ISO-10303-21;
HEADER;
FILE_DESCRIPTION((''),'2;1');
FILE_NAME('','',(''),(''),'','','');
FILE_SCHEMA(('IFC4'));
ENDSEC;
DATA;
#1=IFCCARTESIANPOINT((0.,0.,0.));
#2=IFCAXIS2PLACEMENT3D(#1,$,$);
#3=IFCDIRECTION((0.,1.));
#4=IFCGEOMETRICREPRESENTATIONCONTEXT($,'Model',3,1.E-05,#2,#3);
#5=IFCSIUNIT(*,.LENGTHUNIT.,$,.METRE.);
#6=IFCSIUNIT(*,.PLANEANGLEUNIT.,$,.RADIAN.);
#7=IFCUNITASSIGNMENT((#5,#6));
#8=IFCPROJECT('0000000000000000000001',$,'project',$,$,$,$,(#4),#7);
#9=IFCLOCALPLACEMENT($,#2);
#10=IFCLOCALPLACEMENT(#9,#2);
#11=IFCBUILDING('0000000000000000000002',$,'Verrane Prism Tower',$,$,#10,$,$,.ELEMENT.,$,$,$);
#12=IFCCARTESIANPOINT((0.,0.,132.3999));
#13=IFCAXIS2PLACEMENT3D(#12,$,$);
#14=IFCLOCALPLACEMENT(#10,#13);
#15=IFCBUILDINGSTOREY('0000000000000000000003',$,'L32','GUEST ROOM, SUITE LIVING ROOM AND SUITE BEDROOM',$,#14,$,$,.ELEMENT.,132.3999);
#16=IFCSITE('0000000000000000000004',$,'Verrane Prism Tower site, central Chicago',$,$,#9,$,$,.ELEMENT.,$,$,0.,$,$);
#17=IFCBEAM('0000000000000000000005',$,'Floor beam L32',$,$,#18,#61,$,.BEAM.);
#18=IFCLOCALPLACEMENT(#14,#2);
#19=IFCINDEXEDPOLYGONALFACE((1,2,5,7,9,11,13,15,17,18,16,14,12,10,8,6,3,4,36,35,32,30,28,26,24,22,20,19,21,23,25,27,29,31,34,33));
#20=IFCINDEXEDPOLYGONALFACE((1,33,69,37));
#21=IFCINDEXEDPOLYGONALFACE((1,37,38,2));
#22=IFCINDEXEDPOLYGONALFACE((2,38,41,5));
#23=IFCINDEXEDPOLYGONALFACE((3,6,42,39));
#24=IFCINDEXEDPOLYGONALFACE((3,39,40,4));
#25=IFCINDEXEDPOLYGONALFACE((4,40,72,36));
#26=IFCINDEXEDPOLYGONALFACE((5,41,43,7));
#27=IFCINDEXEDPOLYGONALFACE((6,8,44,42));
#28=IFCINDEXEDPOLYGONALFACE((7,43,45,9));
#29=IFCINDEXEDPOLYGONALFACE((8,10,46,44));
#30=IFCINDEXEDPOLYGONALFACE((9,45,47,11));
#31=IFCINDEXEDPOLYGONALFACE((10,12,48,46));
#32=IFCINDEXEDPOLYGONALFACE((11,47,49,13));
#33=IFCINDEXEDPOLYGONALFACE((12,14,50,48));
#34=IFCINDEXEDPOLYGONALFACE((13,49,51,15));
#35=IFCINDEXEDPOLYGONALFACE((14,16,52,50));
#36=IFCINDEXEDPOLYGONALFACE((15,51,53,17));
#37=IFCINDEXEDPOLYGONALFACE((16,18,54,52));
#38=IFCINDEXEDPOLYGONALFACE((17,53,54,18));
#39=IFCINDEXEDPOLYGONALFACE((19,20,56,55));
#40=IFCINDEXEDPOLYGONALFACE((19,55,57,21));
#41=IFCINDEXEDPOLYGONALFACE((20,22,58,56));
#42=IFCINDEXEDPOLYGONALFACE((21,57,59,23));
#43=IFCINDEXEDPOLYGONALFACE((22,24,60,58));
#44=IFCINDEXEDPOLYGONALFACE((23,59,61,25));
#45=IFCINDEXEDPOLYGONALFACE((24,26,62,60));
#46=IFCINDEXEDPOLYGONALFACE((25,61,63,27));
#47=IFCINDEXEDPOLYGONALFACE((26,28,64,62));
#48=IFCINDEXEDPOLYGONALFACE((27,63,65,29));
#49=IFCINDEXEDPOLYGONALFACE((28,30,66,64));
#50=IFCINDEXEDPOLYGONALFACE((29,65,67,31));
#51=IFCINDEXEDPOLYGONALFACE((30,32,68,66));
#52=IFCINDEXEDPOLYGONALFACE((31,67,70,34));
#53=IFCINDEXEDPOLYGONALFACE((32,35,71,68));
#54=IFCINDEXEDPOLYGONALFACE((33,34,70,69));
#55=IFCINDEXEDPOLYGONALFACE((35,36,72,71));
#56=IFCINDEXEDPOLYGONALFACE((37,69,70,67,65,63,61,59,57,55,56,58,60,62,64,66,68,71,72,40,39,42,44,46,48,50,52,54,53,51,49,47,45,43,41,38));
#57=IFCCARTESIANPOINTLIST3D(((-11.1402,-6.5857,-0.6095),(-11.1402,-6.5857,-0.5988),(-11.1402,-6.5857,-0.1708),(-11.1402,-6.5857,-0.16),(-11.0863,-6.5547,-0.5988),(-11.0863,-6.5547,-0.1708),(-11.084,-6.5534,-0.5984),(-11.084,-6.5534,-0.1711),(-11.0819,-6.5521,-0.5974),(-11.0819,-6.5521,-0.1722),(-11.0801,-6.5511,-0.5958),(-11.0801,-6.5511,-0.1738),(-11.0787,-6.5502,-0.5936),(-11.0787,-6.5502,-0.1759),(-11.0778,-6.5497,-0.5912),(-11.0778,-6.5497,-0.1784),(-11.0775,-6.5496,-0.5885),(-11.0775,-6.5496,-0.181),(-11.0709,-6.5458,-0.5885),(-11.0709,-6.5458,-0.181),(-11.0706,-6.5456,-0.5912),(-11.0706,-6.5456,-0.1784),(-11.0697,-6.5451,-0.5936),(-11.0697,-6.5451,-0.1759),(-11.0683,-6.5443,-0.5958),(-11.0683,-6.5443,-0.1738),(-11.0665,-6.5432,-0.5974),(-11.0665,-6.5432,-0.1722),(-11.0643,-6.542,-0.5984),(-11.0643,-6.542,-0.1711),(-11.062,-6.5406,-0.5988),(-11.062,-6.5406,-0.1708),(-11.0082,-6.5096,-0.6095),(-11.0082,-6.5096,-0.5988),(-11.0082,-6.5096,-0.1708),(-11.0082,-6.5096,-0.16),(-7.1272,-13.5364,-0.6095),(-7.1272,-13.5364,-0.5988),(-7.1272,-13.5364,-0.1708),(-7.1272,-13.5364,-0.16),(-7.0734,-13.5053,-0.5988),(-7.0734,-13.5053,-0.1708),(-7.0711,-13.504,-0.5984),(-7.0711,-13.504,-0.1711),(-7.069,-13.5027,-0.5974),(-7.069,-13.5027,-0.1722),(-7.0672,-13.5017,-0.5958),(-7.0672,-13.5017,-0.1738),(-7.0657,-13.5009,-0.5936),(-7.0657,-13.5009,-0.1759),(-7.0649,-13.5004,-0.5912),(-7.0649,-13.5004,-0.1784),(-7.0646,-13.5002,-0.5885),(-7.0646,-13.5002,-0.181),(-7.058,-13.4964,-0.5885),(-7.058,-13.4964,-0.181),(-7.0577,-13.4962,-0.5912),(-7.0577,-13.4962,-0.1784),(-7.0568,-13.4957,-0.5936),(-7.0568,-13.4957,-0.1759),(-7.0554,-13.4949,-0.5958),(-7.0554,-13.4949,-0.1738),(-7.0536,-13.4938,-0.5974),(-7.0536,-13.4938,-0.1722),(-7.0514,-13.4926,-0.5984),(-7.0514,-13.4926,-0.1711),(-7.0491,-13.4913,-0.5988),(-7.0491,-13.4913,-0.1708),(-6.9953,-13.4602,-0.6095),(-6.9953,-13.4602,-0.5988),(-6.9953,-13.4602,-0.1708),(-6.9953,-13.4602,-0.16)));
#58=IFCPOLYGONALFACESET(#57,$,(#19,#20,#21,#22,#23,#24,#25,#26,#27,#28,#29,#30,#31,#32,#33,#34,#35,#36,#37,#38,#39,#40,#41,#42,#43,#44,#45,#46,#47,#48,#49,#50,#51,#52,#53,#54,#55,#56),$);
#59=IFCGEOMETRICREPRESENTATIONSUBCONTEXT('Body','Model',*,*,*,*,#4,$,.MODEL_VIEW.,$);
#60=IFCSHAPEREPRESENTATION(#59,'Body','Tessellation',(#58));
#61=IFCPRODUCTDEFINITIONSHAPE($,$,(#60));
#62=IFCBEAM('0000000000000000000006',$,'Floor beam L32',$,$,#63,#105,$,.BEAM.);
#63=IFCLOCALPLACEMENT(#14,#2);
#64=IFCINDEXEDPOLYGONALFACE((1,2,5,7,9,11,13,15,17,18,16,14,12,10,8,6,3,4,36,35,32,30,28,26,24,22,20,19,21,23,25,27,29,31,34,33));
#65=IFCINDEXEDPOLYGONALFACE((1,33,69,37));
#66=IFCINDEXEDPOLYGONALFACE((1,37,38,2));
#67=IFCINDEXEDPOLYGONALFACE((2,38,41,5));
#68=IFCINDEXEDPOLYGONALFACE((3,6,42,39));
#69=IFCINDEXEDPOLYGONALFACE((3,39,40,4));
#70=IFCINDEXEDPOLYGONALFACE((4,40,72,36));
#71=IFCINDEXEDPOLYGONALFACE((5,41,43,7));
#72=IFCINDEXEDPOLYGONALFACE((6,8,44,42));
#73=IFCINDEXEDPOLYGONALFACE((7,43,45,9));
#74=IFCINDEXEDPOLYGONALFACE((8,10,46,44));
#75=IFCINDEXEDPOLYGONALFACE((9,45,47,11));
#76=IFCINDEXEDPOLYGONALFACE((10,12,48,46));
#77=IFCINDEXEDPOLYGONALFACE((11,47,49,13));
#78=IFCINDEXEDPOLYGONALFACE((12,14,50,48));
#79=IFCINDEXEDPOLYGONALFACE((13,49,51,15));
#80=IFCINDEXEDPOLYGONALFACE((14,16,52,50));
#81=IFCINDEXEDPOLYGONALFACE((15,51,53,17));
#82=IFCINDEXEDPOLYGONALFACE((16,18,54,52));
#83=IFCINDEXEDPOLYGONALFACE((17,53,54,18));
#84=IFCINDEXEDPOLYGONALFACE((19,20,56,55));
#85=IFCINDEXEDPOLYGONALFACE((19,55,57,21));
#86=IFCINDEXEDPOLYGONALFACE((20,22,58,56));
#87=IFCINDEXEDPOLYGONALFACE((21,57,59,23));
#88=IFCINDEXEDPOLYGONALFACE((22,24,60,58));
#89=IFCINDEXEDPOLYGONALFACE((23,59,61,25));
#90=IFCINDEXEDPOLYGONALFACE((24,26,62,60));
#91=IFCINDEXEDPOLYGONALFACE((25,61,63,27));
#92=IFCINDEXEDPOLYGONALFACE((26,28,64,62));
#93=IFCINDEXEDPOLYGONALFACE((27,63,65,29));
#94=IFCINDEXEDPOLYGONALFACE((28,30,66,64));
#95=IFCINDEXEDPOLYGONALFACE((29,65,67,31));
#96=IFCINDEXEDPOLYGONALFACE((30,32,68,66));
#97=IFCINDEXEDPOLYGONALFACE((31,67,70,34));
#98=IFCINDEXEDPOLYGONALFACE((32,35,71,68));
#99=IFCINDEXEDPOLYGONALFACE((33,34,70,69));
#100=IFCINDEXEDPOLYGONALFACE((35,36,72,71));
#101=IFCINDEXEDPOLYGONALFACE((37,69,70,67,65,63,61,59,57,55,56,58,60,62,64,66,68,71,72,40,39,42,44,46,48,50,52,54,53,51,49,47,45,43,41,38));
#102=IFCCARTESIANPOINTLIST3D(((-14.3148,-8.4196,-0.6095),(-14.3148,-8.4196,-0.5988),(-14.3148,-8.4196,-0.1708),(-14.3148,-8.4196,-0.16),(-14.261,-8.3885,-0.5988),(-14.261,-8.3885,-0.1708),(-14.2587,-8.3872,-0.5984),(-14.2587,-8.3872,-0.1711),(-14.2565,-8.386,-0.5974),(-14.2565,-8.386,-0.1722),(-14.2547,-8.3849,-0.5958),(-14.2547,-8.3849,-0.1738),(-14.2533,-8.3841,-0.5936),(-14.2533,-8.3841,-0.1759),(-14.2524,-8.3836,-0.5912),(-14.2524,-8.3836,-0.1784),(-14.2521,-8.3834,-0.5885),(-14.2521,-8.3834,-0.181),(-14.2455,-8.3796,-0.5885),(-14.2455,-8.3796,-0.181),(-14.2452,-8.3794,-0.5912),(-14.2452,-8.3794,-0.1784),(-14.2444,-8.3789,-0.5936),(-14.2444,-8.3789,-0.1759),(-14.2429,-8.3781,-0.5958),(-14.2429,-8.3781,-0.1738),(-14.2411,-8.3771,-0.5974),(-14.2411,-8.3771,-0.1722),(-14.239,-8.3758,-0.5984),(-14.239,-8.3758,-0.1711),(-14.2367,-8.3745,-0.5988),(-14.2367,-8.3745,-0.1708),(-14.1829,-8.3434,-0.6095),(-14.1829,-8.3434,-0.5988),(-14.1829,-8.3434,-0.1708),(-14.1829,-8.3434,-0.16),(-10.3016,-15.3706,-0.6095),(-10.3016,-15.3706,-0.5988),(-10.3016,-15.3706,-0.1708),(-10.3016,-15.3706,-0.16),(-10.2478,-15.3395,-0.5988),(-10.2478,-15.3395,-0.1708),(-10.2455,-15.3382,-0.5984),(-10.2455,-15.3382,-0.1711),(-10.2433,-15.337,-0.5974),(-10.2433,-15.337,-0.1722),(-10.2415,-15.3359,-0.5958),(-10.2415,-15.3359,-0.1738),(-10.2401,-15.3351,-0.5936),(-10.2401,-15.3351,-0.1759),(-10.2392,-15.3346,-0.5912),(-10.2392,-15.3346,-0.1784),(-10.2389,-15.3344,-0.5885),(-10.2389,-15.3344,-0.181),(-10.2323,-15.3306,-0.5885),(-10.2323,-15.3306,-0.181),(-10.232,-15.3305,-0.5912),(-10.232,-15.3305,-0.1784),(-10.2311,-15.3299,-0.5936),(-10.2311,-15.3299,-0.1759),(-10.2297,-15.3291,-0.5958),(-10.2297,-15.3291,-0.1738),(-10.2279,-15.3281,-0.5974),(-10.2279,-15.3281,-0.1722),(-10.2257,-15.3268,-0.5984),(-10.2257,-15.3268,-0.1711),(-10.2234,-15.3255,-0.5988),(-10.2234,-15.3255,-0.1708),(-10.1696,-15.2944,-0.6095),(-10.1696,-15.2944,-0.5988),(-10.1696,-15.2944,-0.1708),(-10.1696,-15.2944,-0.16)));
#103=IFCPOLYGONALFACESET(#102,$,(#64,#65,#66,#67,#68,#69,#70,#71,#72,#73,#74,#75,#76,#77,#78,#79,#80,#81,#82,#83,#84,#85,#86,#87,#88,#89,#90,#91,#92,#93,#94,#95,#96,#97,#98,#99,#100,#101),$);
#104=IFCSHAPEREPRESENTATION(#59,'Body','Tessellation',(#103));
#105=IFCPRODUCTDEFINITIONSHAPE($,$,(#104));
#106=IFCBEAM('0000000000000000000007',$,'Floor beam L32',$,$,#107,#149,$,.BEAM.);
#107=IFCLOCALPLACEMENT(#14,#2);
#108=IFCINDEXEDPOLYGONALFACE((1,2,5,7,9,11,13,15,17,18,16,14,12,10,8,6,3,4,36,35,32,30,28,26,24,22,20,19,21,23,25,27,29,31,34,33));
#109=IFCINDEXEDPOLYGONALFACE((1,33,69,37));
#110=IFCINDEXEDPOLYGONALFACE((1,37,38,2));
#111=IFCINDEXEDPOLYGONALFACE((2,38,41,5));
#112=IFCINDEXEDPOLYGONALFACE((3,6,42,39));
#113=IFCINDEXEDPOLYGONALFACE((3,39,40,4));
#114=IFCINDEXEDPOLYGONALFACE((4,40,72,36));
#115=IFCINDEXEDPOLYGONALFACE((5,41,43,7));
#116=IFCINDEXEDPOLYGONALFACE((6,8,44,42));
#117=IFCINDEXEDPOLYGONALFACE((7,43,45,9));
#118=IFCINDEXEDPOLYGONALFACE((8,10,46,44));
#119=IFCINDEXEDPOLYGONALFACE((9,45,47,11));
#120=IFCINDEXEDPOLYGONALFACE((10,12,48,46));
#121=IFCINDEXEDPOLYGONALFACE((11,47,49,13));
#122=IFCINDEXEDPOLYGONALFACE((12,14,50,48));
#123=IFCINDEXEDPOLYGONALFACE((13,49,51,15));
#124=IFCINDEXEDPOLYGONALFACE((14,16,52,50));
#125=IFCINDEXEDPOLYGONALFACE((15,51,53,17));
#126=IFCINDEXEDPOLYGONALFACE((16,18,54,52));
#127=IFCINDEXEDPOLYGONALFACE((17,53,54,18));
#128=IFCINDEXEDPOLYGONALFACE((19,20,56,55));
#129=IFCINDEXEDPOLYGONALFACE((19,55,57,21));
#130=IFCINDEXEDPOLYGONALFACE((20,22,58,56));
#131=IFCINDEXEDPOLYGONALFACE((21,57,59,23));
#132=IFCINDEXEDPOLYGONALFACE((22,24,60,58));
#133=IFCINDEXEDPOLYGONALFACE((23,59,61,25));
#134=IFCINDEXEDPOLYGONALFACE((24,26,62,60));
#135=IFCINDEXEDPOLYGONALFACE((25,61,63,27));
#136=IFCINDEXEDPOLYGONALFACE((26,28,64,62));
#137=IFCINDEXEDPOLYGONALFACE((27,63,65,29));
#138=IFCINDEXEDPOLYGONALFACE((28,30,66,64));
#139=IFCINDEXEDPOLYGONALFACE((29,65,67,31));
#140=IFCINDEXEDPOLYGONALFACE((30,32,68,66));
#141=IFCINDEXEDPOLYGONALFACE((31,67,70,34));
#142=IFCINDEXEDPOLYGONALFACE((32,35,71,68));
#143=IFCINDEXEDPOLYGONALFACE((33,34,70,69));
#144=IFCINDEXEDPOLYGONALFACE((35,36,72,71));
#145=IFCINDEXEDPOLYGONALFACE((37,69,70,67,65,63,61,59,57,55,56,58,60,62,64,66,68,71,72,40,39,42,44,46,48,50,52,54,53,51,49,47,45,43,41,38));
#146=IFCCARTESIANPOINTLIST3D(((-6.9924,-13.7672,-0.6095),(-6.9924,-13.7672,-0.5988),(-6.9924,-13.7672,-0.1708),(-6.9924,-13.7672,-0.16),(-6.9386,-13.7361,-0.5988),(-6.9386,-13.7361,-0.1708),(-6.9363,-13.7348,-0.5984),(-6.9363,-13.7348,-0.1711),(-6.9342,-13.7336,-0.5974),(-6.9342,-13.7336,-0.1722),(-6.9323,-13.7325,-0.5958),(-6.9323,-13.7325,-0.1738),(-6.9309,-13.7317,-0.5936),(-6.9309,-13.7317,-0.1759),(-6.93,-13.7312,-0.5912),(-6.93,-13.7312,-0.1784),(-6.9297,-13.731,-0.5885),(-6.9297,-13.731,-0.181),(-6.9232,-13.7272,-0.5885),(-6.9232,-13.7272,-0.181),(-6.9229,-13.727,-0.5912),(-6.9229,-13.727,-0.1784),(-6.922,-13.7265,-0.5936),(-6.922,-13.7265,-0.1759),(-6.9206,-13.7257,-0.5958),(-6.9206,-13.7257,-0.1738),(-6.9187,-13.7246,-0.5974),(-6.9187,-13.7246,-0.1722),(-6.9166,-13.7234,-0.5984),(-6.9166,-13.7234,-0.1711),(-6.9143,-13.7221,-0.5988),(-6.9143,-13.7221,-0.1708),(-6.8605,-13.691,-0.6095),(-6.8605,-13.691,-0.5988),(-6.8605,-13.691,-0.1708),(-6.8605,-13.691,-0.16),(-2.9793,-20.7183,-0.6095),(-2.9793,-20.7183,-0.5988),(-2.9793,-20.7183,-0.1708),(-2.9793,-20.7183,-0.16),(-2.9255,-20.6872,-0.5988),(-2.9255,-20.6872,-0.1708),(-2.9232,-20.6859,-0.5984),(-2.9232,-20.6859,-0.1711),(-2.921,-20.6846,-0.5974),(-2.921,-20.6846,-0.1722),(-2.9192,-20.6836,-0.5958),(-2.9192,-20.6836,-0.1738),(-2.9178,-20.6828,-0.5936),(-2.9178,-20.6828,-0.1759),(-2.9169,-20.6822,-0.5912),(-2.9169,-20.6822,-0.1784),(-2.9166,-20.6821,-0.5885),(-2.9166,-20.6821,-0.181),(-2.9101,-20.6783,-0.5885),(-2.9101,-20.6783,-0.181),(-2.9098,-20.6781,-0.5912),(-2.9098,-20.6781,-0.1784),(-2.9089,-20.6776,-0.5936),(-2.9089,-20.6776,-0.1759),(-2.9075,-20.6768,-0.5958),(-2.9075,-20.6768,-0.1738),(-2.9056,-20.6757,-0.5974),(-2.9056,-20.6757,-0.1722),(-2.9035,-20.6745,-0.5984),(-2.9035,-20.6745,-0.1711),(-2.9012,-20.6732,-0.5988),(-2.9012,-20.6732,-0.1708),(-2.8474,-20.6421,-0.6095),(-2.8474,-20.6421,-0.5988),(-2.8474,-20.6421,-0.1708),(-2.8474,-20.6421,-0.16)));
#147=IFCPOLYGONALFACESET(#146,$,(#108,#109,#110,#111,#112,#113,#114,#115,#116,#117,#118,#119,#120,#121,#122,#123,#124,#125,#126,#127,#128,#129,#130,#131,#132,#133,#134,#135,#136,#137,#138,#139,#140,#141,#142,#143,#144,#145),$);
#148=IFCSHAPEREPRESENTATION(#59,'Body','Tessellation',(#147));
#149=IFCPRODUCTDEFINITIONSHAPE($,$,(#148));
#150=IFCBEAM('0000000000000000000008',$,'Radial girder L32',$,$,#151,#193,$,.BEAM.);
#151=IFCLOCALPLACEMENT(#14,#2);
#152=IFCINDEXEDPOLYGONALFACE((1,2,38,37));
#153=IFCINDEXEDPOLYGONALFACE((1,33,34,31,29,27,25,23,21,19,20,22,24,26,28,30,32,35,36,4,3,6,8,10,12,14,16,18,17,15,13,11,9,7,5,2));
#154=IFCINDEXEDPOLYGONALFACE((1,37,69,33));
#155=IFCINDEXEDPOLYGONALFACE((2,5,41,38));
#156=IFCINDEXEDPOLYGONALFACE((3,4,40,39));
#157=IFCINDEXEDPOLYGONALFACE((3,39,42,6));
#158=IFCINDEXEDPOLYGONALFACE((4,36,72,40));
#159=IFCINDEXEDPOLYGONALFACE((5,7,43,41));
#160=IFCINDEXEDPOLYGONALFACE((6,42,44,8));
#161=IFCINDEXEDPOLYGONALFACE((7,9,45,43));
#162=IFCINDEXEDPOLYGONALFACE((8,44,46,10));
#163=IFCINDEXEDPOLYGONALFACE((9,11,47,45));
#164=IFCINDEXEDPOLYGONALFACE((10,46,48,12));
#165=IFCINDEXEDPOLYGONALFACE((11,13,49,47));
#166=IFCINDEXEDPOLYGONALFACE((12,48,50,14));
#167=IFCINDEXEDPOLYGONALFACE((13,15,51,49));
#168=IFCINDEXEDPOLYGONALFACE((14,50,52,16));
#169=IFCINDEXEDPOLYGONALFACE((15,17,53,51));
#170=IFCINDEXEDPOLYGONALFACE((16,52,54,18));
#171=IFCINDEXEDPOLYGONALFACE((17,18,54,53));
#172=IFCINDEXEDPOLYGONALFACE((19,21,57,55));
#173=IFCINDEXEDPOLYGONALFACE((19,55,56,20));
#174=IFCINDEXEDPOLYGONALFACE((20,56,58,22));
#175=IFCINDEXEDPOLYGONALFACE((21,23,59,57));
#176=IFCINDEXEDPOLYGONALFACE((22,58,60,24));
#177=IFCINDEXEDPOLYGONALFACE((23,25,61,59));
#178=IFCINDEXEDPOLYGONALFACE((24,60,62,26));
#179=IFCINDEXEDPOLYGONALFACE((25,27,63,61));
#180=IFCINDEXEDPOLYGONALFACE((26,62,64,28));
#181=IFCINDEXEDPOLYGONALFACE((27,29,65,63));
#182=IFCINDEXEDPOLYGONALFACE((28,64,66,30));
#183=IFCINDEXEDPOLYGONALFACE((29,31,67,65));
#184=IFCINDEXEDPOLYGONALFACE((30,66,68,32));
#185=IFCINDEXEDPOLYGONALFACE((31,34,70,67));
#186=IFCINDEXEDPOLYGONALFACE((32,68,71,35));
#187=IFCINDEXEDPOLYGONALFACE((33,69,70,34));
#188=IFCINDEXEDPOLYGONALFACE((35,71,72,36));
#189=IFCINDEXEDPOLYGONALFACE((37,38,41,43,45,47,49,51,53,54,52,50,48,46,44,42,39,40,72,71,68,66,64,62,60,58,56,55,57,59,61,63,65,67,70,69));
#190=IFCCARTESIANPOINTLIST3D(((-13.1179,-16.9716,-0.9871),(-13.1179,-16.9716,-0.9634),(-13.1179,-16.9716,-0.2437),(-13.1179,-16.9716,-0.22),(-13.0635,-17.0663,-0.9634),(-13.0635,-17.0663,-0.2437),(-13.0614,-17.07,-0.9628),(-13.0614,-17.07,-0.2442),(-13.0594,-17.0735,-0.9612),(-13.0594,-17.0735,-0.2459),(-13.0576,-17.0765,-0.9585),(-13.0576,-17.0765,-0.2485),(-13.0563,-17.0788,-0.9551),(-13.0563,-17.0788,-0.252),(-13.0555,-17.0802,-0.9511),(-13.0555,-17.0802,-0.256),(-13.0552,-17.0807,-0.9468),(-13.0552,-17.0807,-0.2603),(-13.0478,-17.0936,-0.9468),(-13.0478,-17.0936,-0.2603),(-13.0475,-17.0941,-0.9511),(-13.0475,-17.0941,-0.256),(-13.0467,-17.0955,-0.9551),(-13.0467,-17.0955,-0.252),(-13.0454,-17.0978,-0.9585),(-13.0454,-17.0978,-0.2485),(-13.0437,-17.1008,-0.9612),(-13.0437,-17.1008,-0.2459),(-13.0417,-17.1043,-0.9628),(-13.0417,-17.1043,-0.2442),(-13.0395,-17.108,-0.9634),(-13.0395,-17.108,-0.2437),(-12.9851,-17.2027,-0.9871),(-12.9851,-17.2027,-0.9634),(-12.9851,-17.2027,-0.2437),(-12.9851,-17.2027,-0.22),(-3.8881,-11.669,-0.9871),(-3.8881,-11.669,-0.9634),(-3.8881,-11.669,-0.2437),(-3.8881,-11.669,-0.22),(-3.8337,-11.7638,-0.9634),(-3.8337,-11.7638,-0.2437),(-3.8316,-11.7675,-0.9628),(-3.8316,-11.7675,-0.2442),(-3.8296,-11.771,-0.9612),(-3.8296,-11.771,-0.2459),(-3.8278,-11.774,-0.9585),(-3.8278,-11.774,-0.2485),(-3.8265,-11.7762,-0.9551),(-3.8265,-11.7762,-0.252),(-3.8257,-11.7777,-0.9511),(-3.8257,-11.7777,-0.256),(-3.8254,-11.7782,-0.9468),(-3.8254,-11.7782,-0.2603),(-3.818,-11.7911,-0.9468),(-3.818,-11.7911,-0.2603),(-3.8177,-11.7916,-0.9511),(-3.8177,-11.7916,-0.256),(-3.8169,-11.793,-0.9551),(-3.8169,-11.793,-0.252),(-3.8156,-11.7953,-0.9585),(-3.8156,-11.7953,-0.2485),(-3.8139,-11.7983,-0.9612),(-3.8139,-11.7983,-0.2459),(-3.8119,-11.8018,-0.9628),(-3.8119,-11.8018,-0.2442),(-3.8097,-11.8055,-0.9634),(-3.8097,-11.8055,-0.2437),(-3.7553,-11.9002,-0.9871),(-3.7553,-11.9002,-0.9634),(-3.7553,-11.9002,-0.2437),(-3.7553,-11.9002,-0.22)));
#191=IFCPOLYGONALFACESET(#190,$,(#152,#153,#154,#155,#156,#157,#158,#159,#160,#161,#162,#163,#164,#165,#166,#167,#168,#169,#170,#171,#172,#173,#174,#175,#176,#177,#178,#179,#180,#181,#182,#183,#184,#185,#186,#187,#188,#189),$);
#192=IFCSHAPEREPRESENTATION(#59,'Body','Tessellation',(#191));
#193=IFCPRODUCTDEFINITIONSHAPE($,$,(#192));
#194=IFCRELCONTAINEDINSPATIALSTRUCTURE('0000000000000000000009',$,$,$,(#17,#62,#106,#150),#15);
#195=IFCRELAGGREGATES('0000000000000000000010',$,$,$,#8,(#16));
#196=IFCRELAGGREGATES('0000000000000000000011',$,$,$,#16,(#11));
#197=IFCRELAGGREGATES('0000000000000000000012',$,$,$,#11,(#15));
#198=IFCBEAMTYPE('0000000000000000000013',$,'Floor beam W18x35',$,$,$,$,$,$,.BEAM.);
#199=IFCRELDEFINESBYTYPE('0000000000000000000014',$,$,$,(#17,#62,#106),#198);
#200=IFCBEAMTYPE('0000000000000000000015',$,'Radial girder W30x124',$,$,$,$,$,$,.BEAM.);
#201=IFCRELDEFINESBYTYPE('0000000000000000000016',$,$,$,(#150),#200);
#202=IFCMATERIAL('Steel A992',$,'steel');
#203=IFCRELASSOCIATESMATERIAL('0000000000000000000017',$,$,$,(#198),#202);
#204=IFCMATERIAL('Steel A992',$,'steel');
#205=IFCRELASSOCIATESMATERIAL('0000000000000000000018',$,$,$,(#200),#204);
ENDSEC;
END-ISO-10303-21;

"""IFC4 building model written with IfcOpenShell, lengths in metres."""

from ifc_helpers import new_model, si_unit, direction, frame, origin, origin_2d, place, context, subcontext, project, spatial, i_section, extrude, material, material_profile, profile_set, type_object, element, save


model = new_model("IFC4")

# Units and contexts
model_context = context("Model", 3, precision=1e-05, world=origin(), true_north=direction((0.0, 1.0)))
body_context = subcontext(model_context, "Body", "Model", "MODEL_VIEW")
ifc_project = project(units=[si_unit("LENGTHUNIT", "METRE"), si_unit("PLANEANGLEUNIT", "RADIAN")], contexts=[model_context])

# Site, building, storey
site_placement = place(None, origin())
site = spatial("IfcSite", under=ifc_project, at=site_placement, Name="Verrane Prism Tower site, central Chicago", CompositionType="ELEMENT", RefElevation=0.0)
building_placement = place(site_placement, origin())
building = spatial("IfcBuilding", under=site, at=building_placement, Name="Verrane Prism Tower", CompositionType="ELEMENT")
storey_placement = place(building_placement, frame((0.0, 0.0, 132.3999)))
storey = spatial("IfcBuildingStorey", under=building, at=storey_placement, Name="L32", Description="GUEST ROOM, SUITE LIVING ROOM AND SUITE BEDROOM", CompositionType="ELEMENT", Elevation=132.3999)

# Beams
ifc_material_1 = material(Name="Steel A992", Category="steel")
ifc_material_profile_1 = material_profile(ifc_material_1, i_section(OverallWidth=0.1523, OverallDepth=0.4495, WebThickness=0.0076, FlangeThickness=0.0107, FilletRadius=0.0103, at=origin_2d()), Name="W18x35")
ifc_profile_set_1 = profile_set([ifc_material_profile_1], Name="Steel A992")
beam_type_1 = type_object("IfcBeamType", Name="Floor beam W18x35", PredefinedType="BEAM", material=ifc_profile_set_1)
beam_1_placement = place(storey_placement, frame((-7.0613, -13.4983, -0.3848), z_axis=(-0.499996, 0.866028, 0.0), x_axis=(-0.866028, -0.499996, 0.0)))
element("IfcBeam", 1, at=beam_1_placement, inside=storey, type_object=beam_type_1, Name="Floor beam L32", PredefinedType="BEAM", context=body_context, shape_type="SweptSolid", body=[
    extrude(i_section(OverallWidth=0.1523, OverallDepth=0.4495, WebThickness=0.0076, FlangeThickness=0.0107, FilletRadius=0.0103, at=origin_2d()), origin(), (0.0, 0.0, 1.0), 8.0259),
])
for number, where, z_axis, x_axis, name in (
    (2, (-10.2356, -15.3325, -0.3848), (-0.500006, 0.866022, 0.0), (-0.866022, -0.500006, 0.0), "Floor beam L32"),
    (3, (-2.9133, -20.6802, -0.3848), (-0.499993, 0.86603, 0.0), (-0.86603, -0.499993, 0.0), "Floor beam L32"),
):
    element("IfcBeam", number, at=place(storey_placement, frame(where, z_axis=z_axis, x_axis=x_axis)), inside=storey, type_object=beam_type_1, Name=name, PredefinedType="BEAM", context=body_context, shape_type="SweptSolid", body=[
        extrude(i_section(OverallWidth=0.1523, OverallDepth=0.4495, WebThickness=0.0076, FlangeThickness=0.0107, FilletRadius=0.0103, at=origin_2d()), origin(), (0.0, 0.0, 1.0), 8.0264),
    ])
ifc_material_2 = material(Name="Steel A992", Category="steel")
ifc_material_profile_2 = material_profile(ifc_material_2, i_section(OverallWidth=0.2666, OverallDepth=0.7671, WebThickness=0.0149, FlangeThickness=0.0237, FilletRadius=0.0166, at=origin_2d()), Name="W30x124")
ifc_profile_set_2 = profile_set([ifc_material_profile_2], Name="Steel A992")
beam_type_2 = type_object("IfcBeamType", Name="Radial girder W30x124", PredefinedType="BEAM", material=ifc_profile_set_2)
beam_2_placement = place(storey_placement, frame((-13.0515, -17.0872, -0.6035), z_axis=(0.867093, 0.498146, 0.0), x_axis=(-0.498146, 0.867093, 0.0)))
element("IfcBeam", 4, at=beam_2_placement, inside=storey, type_object=beam_type_2, Name="Radial girder L32", PredefinedType="BEAM", context=body_context, shape_type="SweptSolid", body=[
    extrude(i_section(OverallWidth=0.2666, OverallDepth=0.7671, WebThickness=0.0149, FlangeThickness=0.0237, FilletRadius=0.0166, at=origin_2d()), origin(), (0.0, 0.0, 1.0), 10.6445),
])

save(model, "model.ifc")
